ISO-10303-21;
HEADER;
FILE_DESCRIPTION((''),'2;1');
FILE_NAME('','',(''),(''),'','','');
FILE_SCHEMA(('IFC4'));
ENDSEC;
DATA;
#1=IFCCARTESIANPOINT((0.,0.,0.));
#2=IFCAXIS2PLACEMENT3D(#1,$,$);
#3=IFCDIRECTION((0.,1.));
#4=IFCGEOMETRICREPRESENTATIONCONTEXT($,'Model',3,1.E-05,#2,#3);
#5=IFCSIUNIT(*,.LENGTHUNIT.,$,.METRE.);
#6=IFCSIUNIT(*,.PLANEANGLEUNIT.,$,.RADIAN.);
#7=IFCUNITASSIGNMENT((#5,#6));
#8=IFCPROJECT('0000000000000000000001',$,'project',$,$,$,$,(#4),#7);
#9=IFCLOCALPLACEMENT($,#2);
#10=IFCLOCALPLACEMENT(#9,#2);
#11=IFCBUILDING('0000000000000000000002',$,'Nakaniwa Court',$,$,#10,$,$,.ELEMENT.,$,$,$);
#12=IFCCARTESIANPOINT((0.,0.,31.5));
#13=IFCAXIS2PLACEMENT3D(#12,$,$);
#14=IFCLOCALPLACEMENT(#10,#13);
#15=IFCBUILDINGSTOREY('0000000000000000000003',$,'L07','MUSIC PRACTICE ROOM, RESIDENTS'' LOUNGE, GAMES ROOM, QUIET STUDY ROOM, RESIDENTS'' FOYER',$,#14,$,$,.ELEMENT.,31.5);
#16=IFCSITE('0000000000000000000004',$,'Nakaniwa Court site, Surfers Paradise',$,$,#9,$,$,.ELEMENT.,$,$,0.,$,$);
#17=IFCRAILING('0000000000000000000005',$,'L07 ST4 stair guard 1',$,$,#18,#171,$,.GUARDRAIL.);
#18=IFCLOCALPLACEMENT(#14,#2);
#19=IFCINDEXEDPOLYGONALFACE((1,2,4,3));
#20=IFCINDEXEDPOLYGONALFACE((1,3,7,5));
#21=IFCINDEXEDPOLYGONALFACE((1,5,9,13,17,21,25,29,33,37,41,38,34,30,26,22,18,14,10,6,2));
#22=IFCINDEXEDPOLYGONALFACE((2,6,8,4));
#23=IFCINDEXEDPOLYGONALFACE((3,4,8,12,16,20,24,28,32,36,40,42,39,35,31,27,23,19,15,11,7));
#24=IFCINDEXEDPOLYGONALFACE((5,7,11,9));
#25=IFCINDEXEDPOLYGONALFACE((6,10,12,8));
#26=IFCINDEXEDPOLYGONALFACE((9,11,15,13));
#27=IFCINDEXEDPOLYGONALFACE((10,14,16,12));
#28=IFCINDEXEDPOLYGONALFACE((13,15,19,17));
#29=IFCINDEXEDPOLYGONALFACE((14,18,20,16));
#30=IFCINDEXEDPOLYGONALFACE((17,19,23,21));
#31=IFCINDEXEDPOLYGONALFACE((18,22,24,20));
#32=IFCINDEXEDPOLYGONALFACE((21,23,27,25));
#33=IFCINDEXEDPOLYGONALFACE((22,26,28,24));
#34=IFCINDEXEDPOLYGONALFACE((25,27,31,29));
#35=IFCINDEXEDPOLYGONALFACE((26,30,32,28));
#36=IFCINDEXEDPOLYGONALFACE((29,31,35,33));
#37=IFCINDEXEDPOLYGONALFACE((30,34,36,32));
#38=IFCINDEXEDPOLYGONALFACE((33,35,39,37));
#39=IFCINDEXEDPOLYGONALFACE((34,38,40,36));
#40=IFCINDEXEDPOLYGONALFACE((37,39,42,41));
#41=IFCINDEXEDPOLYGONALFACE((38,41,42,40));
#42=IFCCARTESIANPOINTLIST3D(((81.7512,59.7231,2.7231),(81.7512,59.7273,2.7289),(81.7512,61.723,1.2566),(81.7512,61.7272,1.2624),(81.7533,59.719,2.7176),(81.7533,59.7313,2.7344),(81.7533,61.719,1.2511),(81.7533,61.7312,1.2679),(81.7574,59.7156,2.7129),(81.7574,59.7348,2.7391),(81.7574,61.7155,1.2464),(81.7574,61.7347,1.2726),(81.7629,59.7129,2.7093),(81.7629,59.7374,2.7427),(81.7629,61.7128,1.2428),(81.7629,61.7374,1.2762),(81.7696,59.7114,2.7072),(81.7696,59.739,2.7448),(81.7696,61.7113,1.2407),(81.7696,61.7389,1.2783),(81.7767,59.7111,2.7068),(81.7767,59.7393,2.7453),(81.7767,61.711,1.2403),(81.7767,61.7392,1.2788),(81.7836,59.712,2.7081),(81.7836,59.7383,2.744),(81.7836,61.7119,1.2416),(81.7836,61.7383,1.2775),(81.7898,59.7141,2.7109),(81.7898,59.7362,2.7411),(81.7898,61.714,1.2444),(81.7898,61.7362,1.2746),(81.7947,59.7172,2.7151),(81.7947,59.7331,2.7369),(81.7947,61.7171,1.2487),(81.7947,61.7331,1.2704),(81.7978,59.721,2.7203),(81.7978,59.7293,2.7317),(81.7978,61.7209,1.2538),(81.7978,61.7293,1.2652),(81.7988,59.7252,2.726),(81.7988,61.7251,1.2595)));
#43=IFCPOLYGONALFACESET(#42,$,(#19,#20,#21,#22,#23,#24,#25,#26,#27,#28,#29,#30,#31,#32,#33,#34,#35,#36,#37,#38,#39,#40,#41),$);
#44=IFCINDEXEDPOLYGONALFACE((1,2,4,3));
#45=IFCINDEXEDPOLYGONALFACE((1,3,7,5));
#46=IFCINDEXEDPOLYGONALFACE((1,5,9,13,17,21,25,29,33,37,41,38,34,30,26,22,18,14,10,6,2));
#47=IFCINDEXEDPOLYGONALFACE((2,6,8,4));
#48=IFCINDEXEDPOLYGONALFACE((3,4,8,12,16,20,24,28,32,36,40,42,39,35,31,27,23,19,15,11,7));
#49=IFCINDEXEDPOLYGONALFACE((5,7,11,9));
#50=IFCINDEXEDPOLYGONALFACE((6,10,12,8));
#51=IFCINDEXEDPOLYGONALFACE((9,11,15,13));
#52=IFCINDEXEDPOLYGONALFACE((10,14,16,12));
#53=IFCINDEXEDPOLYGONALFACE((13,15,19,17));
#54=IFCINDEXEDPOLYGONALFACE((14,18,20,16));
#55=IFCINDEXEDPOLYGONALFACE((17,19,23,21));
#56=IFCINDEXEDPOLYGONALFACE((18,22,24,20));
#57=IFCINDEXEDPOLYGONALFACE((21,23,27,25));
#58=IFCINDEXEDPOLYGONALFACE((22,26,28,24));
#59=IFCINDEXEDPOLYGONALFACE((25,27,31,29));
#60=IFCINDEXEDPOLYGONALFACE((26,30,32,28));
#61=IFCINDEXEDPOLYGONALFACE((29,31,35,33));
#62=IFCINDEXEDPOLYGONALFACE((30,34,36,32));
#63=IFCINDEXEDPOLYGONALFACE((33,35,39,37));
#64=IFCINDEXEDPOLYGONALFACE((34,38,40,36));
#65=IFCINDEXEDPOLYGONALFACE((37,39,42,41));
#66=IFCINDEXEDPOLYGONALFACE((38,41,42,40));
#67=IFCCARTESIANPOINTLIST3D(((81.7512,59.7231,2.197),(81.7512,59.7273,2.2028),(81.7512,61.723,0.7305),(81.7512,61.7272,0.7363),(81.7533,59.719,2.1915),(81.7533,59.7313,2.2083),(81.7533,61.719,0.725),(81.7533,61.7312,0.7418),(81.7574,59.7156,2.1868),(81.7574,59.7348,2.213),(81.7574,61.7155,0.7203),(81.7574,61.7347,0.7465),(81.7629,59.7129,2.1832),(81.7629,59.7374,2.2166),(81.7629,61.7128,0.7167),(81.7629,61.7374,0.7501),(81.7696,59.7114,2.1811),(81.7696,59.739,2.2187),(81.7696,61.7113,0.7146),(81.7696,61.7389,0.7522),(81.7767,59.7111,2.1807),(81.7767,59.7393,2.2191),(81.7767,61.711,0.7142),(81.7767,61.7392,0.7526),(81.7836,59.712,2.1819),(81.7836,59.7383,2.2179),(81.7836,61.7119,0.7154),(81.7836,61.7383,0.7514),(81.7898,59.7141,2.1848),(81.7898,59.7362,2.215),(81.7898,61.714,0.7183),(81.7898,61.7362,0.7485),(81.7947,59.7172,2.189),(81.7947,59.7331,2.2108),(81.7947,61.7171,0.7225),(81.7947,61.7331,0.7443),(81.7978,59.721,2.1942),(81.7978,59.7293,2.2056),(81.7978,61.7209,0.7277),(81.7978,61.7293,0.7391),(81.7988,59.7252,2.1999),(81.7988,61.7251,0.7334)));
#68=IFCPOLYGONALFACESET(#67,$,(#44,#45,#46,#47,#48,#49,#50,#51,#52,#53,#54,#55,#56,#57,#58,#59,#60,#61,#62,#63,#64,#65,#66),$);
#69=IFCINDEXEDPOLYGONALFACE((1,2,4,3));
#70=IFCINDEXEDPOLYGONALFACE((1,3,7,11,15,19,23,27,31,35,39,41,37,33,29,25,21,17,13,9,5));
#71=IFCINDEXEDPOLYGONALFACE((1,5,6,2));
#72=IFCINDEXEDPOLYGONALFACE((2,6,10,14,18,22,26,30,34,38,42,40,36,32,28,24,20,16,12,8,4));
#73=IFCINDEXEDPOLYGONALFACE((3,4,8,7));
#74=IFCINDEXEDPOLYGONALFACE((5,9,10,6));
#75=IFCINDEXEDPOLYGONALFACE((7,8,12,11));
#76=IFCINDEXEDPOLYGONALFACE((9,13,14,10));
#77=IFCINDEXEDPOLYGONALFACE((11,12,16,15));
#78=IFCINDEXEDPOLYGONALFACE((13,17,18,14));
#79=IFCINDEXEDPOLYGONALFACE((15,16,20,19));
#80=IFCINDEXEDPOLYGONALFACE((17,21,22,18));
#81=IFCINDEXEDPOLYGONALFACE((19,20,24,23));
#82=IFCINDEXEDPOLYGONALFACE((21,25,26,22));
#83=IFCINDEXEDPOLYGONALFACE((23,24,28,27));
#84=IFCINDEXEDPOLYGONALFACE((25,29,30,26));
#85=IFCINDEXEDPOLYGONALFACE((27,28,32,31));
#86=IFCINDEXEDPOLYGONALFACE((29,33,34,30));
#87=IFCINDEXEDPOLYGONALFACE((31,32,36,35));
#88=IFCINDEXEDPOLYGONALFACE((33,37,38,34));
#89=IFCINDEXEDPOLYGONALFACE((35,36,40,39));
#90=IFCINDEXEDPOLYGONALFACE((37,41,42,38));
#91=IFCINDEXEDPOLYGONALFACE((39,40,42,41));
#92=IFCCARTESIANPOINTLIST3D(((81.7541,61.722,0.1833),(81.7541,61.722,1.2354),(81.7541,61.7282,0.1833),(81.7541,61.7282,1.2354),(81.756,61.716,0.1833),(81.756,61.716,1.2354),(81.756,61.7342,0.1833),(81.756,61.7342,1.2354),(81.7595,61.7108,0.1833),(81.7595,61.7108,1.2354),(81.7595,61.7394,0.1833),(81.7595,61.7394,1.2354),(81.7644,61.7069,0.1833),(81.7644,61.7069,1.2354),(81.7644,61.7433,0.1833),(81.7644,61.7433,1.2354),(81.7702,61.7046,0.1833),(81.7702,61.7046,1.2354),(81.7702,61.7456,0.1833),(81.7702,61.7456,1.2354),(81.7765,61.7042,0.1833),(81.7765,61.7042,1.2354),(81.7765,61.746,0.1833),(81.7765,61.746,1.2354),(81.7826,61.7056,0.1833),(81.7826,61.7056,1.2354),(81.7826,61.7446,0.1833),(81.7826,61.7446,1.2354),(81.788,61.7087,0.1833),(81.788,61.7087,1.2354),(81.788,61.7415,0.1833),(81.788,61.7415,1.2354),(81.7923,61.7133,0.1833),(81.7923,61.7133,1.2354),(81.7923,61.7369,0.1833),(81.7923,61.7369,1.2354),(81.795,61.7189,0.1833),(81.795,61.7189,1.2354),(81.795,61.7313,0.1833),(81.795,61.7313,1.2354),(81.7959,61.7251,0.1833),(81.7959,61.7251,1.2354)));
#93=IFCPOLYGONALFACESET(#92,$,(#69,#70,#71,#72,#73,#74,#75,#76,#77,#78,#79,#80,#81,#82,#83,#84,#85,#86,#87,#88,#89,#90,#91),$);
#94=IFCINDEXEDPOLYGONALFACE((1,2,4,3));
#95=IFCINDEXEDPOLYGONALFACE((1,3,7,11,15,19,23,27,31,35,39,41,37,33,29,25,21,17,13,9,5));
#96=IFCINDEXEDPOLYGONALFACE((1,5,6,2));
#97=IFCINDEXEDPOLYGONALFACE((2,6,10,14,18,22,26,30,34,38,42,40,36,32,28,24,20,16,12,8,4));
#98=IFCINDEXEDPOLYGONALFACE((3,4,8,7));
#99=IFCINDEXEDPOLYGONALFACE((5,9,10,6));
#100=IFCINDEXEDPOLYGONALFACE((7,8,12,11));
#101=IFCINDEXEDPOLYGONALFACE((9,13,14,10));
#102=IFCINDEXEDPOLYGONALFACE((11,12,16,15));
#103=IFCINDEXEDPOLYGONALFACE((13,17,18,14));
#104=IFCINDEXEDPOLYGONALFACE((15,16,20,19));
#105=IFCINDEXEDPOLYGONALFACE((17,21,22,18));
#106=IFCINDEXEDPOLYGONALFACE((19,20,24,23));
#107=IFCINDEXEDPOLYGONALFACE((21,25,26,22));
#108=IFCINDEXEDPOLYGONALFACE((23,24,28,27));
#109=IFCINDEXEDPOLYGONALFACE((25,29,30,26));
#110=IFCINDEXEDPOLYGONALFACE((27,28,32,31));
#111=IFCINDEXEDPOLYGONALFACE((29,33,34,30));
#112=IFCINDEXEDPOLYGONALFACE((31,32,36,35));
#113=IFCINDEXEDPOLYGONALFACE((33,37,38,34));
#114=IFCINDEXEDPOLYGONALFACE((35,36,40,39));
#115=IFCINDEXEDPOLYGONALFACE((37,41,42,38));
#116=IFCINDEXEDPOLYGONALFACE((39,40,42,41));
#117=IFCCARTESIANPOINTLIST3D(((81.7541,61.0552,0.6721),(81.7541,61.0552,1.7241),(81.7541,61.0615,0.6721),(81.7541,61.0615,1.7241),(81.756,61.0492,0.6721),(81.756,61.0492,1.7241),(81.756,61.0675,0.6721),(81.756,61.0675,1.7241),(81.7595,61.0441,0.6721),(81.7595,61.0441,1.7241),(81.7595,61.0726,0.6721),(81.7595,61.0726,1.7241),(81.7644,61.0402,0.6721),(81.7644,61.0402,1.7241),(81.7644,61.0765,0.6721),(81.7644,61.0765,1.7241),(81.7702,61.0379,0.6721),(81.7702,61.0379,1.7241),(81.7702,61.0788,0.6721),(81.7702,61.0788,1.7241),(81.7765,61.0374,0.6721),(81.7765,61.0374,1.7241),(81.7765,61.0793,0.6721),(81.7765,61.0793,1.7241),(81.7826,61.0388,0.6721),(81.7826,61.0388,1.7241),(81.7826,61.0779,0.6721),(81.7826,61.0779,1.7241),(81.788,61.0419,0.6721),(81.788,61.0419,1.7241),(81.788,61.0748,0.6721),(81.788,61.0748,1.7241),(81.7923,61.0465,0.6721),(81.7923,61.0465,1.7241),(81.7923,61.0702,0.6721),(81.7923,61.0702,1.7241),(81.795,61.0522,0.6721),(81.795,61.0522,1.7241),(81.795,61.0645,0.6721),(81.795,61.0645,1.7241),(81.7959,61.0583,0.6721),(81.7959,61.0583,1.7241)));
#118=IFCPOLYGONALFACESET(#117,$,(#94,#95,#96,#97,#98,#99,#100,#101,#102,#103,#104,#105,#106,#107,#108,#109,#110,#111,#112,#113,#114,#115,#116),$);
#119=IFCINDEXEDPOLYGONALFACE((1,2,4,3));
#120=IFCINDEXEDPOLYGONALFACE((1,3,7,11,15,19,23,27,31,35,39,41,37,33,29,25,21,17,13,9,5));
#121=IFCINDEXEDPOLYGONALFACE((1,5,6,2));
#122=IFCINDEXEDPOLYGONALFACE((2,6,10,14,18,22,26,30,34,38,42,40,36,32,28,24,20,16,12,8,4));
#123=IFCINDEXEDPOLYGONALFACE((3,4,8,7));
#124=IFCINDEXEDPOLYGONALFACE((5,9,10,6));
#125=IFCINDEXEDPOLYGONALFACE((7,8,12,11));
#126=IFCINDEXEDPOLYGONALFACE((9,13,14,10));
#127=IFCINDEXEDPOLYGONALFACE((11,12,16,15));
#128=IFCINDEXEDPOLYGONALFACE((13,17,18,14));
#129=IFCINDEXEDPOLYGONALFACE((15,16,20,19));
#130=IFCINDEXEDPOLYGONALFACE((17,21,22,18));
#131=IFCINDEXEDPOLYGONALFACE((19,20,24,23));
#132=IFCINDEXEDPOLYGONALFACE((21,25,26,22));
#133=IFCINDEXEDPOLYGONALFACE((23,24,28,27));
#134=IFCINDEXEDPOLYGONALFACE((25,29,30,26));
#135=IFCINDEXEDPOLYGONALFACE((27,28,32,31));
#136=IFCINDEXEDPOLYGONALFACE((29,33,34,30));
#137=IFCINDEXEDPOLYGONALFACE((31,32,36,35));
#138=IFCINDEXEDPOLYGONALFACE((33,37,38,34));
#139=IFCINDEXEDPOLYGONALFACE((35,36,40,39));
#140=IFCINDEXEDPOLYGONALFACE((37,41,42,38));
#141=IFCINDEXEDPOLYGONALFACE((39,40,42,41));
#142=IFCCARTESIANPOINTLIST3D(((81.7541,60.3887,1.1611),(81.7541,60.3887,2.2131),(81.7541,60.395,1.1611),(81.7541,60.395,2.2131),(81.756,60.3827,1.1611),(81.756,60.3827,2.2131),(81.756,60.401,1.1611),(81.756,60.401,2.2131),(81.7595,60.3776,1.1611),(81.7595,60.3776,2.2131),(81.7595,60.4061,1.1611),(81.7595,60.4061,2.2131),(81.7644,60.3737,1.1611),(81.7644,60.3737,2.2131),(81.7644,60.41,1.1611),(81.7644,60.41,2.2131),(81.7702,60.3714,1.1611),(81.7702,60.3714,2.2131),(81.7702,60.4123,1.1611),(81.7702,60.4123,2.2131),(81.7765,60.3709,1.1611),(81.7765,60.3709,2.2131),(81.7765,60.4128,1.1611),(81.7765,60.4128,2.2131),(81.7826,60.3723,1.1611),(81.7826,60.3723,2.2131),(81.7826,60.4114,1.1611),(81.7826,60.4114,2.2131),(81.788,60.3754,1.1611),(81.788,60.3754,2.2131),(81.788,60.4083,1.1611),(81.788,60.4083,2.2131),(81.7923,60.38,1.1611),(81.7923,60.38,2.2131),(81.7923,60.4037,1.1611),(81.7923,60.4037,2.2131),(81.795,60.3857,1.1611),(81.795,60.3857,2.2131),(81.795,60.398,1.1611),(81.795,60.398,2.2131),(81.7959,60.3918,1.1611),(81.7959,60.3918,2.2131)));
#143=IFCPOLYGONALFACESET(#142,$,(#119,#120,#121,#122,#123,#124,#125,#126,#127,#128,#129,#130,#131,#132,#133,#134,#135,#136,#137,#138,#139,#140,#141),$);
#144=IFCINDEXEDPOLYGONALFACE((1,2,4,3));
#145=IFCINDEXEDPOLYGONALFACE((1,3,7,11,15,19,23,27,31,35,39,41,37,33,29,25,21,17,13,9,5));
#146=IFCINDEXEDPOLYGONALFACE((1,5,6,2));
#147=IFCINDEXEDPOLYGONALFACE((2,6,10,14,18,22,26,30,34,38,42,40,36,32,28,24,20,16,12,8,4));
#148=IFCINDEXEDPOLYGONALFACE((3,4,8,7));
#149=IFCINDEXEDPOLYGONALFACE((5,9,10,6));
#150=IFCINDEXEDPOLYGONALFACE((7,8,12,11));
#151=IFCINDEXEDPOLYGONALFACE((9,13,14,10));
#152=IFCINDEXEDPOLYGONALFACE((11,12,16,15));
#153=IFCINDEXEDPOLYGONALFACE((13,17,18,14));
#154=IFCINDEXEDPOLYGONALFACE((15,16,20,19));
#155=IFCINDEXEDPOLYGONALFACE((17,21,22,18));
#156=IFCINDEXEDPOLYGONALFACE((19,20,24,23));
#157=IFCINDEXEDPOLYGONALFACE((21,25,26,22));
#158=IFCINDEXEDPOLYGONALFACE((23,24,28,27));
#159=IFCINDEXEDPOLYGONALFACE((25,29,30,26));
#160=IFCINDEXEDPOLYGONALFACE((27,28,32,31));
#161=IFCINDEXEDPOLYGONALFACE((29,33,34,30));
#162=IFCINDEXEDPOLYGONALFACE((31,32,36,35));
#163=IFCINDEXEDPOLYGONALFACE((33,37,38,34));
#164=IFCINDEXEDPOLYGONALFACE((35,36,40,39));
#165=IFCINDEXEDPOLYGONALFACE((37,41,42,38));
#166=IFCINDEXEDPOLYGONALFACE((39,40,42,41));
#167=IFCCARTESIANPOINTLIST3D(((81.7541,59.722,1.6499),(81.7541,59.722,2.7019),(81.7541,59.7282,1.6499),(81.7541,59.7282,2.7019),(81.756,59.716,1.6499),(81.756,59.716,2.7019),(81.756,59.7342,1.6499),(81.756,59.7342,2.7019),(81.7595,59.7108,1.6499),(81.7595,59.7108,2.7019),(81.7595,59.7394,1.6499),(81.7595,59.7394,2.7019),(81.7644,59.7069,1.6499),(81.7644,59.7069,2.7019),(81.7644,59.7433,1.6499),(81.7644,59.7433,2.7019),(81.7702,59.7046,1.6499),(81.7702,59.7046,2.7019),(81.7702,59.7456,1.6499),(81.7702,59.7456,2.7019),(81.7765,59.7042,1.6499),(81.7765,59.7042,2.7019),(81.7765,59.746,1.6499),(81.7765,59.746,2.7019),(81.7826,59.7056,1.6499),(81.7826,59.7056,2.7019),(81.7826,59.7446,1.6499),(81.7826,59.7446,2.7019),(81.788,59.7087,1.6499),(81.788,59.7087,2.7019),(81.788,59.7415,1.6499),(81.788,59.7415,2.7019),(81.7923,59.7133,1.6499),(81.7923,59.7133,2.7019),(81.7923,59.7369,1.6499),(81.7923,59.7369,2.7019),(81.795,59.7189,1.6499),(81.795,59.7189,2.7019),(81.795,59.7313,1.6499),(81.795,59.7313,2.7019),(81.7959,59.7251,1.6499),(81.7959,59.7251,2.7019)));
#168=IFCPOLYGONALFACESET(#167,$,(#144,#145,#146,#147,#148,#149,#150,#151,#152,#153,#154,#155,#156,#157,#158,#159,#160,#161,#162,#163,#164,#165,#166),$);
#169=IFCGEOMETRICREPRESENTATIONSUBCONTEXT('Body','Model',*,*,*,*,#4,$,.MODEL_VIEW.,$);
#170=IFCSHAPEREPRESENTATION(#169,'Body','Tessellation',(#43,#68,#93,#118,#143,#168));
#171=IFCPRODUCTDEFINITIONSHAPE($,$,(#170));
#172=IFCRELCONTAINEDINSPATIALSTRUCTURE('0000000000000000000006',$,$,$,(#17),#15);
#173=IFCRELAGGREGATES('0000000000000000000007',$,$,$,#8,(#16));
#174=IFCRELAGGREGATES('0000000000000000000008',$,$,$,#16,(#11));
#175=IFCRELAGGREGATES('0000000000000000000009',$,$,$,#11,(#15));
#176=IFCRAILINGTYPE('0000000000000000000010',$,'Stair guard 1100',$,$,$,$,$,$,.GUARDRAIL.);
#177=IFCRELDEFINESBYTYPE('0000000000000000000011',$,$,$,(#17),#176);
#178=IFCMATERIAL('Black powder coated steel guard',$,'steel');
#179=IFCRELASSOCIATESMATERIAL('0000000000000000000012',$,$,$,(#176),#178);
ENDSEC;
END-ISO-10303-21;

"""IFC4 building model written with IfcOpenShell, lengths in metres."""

from ifc_helpers import new_model, si_unit, direction, frame, origin, origin_2d, place, context, subcontext, project, spatial, circle, extrude, material, type_object, element, save


model = new_model("IFC4")

# Units and contexts
model_context = context("Model", 3, precision=1e-05, world=origin(), true_north=direction((0.0, 1.0)))
body_context = subcontext(model_context, "Body", "Model", "MODEL_VIEW")
ifc_project = project(units=[si_unit("LENGTHUNIT", "METRE"), si_unit("PLANEANGLEUNIT", "RADIAN")], contexts=[model_context])

# Site, building, storey
site_placement = place(None, origin())
site = spatial("IfcSite", under=ifc_project, at=site_placement, Name="Nakaniwa Court site, Surfers Paradise", CompositionType="ELEMENT", RefElevation=0.0)
building_placement = place(site_placement, origin())
building = spatial("IfcBuilding", under=site, at=building_placement, Name="Nakaniwa Court", CompositionType="ELEMENT")
storey_placement = place(building_placement, frame((0.0, 0.0, 31.5)))
storey = spatial("IfcBuildingStorey", under=building, at=storey_placement, Name="L07", Description="MUSIC PRACTICE ROOM, RESIDENTS' LOUNGE, GAMES ROOM, QUIET STUDY ROOM, RESIDENTS' FOYER", CompositionType="ELEMENT", Elevation=31.5)

# Railing
ifc_material_1 = material(Name="Black powder coated steel guard", Category="steel")
railing_type_1 = type_object("IfcRailingType", Name="Stair guard 1100", PredefinedType="GUARDRAIL", material=ifc_material_1)
railing_1_placement = place(storey_placement, frame((81.7749, 61.7251, 0.1833)))
element("IfcRailing", 1, at=railing_1_placement, inside=storey, type_object=railing_type_1, Name="L07 ST4 stair guard 1", PredefinedType="GUARDRAIL", context=body_context, shape_type="SweptSolid", body=[
    extrude(circle(Radius=0.0239, at=origin_2d()), frame((0.0, 0.0, 1.0762), z_axis=(0.0, -0.806427, 0.591334), x_axis=(1.0, 0.0, 0.0)), (0.0, 0.0, 1.0), 2.48),
    extrude(circle(Radius=0.0239, at=origin_2d()), frame((0.0, 0.0, 0.55), z_axis=(0.0, -0.806427, 0.591334), x_axis=(1.0, 0.0, 0.0)), (0.0, 0.0, 1.0), 2.48),
    extrude(circle(Radius=0.021, at=origin_2d()), origin(), (0.0, 0.0, 1.0), 1.052),
    extrude(circle(Radius=0.021, at=origin_2d()), frame((0.0, -0.6667, 0.4888)), (0.0, 0.0, 1.0), 1.052),
    extrude(circle(Radius=0.021, at=origin_2d()), frame((0.0, -1.3333, 0.9778)), (0.0, 0.0, 1.0), 1.052),
    extrude(circle(Radius=0.021, at=origin_2d()), frame((0.0, -2.0, 1.4666)), (0.0, 0.0, 1.0), 1.052),
])

save(model, "model.ifc")
